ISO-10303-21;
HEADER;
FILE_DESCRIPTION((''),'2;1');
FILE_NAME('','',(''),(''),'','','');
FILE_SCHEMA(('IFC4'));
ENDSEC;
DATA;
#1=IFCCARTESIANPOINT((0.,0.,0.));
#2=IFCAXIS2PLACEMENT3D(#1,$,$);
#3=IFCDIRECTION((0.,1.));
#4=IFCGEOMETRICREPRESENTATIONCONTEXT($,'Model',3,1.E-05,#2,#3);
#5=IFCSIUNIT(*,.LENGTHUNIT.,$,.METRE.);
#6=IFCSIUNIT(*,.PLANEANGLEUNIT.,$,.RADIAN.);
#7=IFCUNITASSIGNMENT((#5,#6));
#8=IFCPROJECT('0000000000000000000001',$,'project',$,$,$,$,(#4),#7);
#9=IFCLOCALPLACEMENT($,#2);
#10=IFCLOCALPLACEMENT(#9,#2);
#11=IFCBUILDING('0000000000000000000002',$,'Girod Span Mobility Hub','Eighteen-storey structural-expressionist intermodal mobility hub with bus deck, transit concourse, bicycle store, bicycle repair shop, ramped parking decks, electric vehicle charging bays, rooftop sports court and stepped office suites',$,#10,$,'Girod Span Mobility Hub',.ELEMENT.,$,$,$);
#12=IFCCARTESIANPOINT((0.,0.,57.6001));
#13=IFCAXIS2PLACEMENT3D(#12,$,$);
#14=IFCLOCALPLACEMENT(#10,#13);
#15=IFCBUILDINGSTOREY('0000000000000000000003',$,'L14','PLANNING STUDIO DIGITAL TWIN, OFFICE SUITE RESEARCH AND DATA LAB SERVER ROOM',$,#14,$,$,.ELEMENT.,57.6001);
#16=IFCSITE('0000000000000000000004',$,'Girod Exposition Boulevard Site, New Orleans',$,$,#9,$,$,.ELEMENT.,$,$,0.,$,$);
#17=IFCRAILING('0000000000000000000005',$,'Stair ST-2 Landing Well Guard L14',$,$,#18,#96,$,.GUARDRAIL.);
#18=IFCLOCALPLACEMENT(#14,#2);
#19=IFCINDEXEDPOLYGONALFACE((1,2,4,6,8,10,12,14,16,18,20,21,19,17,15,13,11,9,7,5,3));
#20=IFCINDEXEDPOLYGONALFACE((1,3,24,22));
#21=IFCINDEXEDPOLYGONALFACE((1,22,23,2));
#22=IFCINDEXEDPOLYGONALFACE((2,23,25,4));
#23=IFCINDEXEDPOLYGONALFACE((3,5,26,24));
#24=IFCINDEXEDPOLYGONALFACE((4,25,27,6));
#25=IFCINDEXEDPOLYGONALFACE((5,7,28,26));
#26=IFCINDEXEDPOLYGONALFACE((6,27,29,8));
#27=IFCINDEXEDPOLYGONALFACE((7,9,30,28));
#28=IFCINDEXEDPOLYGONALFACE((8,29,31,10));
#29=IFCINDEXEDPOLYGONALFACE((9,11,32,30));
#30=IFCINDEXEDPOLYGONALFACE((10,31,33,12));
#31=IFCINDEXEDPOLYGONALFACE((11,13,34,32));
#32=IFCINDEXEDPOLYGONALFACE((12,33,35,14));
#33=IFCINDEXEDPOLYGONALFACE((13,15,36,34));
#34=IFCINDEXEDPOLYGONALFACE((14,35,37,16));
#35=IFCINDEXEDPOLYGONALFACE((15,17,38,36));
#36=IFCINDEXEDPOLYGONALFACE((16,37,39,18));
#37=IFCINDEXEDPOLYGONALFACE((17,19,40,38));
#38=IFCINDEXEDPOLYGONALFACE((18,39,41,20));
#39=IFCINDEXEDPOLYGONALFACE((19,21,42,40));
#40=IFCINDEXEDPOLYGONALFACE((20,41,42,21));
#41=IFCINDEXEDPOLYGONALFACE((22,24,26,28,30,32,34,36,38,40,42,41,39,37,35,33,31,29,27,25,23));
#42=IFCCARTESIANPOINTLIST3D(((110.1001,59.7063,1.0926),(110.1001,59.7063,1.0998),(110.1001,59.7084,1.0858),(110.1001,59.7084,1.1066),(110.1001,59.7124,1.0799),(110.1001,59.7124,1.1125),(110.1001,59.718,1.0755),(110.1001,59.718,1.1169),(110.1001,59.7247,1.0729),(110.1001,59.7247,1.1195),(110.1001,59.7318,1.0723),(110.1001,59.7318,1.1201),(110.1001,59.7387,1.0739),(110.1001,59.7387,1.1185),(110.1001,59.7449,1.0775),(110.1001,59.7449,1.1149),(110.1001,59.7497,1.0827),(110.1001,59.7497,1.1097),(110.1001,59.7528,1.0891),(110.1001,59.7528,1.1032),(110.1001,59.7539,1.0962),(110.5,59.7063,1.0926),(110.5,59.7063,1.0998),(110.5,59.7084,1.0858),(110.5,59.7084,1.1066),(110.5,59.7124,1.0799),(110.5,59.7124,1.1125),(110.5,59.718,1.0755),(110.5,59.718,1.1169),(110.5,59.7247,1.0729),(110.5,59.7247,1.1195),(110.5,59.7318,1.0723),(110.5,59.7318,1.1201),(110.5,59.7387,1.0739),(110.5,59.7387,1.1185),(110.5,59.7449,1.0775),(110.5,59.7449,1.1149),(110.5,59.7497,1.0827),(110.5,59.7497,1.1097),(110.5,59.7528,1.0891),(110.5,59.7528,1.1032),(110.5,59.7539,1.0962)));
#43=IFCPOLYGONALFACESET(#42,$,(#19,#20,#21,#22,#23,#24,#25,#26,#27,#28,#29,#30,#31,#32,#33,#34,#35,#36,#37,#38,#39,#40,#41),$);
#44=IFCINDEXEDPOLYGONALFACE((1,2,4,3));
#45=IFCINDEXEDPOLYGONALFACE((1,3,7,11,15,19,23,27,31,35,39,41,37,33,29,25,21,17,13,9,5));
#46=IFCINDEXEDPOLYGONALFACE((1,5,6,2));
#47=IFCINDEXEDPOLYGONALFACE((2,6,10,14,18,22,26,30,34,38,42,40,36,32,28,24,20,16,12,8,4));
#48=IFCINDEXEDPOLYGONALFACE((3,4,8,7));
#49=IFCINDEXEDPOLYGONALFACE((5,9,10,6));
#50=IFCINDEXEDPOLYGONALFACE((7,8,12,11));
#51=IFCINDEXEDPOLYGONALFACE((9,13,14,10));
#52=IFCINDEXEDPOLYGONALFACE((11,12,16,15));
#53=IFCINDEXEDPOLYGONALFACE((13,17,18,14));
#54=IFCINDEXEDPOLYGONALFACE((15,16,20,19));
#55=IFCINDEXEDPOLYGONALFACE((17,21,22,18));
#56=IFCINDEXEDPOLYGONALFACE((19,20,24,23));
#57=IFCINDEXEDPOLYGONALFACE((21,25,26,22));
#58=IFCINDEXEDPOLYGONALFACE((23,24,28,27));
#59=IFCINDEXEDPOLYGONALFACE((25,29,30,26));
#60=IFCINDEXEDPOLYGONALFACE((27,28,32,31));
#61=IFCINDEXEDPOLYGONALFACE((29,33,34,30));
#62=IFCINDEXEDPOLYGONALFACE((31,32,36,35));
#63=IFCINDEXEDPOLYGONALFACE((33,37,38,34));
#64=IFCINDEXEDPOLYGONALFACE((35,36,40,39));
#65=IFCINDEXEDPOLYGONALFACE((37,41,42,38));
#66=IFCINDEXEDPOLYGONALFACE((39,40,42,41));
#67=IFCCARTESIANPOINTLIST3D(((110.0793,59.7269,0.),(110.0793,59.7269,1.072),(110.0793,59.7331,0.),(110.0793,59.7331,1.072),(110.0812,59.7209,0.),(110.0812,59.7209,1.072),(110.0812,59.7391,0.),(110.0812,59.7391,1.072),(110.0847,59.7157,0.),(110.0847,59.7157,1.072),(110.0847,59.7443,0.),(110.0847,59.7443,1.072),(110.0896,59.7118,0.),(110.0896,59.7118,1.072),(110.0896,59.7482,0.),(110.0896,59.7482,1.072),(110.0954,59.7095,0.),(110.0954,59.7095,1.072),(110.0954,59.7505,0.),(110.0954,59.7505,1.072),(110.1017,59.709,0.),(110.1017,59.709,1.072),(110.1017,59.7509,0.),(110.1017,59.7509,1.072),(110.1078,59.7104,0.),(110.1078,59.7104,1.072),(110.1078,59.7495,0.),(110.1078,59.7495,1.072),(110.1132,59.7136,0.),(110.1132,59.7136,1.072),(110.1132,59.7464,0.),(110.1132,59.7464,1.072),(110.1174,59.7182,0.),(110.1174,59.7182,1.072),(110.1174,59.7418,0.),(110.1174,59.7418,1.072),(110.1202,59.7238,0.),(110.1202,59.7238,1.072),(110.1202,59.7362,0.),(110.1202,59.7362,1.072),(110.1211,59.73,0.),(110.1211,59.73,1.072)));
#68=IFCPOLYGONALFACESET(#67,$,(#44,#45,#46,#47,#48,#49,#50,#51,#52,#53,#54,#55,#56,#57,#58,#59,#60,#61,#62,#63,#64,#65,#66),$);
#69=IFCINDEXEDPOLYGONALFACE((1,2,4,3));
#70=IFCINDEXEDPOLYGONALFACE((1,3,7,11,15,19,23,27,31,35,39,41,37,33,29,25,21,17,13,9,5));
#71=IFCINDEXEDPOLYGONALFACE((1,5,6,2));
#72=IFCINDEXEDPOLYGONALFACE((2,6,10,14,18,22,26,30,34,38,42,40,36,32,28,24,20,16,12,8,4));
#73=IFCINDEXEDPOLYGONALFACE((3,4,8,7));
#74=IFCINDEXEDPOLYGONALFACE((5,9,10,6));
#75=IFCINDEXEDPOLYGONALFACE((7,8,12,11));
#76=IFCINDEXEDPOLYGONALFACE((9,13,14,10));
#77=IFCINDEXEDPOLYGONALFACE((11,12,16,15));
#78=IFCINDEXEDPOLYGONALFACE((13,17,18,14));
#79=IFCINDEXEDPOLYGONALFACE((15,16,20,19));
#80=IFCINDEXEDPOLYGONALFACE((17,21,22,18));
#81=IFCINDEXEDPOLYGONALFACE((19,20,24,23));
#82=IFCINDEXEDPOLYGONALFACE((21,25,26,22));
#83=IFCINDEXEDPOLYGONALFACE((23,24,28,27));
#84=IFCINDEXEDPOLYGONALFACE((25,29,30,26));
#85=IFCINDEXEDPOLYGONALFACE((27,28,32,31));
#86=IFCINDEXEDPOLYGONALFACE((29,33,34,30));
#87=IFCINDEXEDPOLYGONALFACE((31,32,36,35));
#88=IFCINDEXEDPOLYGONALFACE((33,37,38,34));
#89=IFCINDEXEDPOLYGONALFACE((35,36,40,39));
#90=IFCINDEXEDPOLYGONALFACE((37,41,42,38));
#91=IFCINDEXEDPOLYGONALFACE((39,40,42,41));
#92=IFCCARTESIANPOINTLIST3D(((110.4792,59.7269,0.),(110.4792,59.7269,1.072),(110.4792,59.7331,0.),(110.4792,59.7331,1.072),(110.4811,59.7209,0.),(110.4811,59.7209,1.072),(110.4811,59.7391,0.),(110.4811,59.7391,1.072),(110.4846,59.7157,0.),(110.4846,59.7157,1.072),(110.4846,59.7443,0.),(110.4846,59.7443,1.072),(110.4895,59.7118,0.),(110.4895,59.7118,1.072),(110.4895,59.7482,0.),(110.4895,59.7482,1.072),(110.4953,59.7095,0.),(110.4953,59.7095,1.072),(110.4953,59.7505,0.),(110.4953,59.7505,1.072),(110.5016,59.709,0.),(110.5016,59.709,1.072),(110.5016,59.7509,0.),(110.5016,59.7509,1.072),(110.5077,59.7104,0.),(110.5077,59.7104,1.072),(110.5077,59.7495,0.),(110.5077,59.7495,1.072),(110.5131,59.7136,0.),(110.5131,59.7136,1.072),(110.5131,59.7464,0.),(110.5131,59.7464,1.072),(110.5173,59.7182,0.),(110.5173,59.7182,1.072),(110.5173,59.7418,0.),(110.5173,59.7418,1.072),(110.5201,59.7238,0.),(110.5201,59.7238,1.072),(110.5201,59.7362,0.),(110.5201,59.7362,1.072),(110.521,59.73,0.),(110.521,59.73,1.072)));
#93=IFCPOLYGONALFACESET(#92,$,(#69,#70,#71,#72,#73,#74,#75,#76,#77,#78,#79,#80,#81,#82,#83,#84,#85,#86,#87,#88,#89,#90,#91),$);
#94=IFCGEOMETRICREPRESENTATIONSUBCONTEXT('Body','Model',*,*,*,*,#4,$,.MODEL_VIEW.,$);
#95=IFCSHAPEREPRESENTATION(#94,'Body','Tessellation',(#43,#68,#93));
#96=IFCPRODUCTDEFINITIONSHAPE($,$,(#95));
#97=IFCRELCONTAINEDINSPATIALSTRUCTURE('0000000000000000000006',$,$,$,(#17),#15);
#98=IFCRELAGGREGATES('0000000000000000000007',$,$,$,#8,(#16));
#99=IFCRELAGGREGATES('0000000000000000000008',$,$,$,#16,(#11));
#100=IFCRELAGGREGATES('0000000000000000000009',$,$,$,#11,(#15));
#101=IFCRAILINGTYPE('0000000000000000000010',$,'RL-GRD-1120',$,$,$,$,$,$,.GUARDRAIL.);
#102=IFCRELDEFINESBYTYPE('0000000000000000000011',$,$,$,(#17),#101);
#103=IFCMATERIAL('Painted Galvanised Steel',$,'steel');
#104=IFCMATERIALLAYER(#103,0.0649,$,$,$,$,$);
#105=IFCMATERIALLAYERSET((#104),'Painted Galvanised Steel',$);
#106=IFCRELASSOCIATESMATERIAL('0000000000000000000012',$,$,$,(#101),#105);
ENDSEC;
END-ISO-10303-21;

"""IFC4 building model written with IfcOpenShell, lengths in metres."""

from ifc_helpers import new_model, si_unit, direction, frame, origin, origin_2d, place, context, subcontext, project, spatial, circle, extrude, material, layer, layer_set, type_object, element, save


model = new_model("IFC4")

# Units and contexts
model_context = context("Model", 3, precision=1e-05, world=origin(), true_north=direction((0.0, 1.0)))
body_context = subcontext(model_context, "Body", "Model", "MODEL_VIEW")
ifc_project = project(units=[si_unit("LENGTHUNIT", "METRE"), si_unit("PLANEANGLEUNIT", "RADIAN")], contexts=[model_context])

# Site, building, storey
site_placement = place(None, origin())
site = spatial("IfcSite", under=ifc_project, at=site_placement, Name="Girod Exposition Boulevard Site, New Orleans", CompositionType="ELEMENT", RefElevation=0.0)
building_placement = place(site_placement, origin())
building = spatial("IfcBuilding", under=site, at=building_placement, Name="Girod Span Mobility Hub", Description="Eighteen-storey structural-expressionist intermodal mobility hub with bus deck, transit concourse, bicycle store, bicycle repair shop, ramped parking decks, electric vehicle charging bays, rooftop sports court and stepped office suites", LongName="Girod Span Mobility Hub", CompositionType="ELEMENT")
storey_placement = place(building_placement, frame((0.0, 0.0, 57.6001)))
storey = spatial("IfcBuildingStorey", under=building, at=storey_placement, Name="L14", Description="PLANNING STUDIO DIGITAL TWIN, OFFICE SUITE RESEARCH AND DATA LAB SERVER ROOM", CompositionType="ELEMENT", Elevation=57.6001)

# Railing
ifc_material_1 = material(Name="Painted Galvanised Steel", Category="steel")
ifc_layer_1 = layer(ifc_material_1, 0.0649)
ifc_layer_set_1 = layer_set([ifc_layer_1], Name="Painted Galvanised Steel")
railing_type_1 = type_object("IfcRailingType", Name="RL-GRD-1120", PredefinedType="GUARDRAIL", material=ifc_layer_set_1)
for number, where, name in (
    (1, (110.1001, 59.73, 0.0), "Stair ST-2 Landing Well Guard L14"),
):
    element("IfcRailing", number, at=place(storey_placement, frame(where)), inside=storey, type_object=railing_type_1, Name=name, PredefinedType="GUARDRAIL", context=body_context, shape_type="SweptSolid", body=[
        extrude(circle(Radius=0.0239, at=origin_2d()), frame((0.0, 0.0, 1.0962), z_axis=(1.0, 0.0, 0.0), x_axis=(0.0, 1.0, 0.0)), (0.0, 0.0, 1.0), 0.3999),
        extrude(circle(Radius=0.021, at=origin_2d()), origin(), (0.0, 0.0, 1.0), 1.072),
        extrude(circle(Radius=0.021, at=origin_2d()), frame((0.3999, 0.0, 0.0)), (0.0, 0.0, 1.0), 1.072),
    ])

save(model, "model.ifc")
